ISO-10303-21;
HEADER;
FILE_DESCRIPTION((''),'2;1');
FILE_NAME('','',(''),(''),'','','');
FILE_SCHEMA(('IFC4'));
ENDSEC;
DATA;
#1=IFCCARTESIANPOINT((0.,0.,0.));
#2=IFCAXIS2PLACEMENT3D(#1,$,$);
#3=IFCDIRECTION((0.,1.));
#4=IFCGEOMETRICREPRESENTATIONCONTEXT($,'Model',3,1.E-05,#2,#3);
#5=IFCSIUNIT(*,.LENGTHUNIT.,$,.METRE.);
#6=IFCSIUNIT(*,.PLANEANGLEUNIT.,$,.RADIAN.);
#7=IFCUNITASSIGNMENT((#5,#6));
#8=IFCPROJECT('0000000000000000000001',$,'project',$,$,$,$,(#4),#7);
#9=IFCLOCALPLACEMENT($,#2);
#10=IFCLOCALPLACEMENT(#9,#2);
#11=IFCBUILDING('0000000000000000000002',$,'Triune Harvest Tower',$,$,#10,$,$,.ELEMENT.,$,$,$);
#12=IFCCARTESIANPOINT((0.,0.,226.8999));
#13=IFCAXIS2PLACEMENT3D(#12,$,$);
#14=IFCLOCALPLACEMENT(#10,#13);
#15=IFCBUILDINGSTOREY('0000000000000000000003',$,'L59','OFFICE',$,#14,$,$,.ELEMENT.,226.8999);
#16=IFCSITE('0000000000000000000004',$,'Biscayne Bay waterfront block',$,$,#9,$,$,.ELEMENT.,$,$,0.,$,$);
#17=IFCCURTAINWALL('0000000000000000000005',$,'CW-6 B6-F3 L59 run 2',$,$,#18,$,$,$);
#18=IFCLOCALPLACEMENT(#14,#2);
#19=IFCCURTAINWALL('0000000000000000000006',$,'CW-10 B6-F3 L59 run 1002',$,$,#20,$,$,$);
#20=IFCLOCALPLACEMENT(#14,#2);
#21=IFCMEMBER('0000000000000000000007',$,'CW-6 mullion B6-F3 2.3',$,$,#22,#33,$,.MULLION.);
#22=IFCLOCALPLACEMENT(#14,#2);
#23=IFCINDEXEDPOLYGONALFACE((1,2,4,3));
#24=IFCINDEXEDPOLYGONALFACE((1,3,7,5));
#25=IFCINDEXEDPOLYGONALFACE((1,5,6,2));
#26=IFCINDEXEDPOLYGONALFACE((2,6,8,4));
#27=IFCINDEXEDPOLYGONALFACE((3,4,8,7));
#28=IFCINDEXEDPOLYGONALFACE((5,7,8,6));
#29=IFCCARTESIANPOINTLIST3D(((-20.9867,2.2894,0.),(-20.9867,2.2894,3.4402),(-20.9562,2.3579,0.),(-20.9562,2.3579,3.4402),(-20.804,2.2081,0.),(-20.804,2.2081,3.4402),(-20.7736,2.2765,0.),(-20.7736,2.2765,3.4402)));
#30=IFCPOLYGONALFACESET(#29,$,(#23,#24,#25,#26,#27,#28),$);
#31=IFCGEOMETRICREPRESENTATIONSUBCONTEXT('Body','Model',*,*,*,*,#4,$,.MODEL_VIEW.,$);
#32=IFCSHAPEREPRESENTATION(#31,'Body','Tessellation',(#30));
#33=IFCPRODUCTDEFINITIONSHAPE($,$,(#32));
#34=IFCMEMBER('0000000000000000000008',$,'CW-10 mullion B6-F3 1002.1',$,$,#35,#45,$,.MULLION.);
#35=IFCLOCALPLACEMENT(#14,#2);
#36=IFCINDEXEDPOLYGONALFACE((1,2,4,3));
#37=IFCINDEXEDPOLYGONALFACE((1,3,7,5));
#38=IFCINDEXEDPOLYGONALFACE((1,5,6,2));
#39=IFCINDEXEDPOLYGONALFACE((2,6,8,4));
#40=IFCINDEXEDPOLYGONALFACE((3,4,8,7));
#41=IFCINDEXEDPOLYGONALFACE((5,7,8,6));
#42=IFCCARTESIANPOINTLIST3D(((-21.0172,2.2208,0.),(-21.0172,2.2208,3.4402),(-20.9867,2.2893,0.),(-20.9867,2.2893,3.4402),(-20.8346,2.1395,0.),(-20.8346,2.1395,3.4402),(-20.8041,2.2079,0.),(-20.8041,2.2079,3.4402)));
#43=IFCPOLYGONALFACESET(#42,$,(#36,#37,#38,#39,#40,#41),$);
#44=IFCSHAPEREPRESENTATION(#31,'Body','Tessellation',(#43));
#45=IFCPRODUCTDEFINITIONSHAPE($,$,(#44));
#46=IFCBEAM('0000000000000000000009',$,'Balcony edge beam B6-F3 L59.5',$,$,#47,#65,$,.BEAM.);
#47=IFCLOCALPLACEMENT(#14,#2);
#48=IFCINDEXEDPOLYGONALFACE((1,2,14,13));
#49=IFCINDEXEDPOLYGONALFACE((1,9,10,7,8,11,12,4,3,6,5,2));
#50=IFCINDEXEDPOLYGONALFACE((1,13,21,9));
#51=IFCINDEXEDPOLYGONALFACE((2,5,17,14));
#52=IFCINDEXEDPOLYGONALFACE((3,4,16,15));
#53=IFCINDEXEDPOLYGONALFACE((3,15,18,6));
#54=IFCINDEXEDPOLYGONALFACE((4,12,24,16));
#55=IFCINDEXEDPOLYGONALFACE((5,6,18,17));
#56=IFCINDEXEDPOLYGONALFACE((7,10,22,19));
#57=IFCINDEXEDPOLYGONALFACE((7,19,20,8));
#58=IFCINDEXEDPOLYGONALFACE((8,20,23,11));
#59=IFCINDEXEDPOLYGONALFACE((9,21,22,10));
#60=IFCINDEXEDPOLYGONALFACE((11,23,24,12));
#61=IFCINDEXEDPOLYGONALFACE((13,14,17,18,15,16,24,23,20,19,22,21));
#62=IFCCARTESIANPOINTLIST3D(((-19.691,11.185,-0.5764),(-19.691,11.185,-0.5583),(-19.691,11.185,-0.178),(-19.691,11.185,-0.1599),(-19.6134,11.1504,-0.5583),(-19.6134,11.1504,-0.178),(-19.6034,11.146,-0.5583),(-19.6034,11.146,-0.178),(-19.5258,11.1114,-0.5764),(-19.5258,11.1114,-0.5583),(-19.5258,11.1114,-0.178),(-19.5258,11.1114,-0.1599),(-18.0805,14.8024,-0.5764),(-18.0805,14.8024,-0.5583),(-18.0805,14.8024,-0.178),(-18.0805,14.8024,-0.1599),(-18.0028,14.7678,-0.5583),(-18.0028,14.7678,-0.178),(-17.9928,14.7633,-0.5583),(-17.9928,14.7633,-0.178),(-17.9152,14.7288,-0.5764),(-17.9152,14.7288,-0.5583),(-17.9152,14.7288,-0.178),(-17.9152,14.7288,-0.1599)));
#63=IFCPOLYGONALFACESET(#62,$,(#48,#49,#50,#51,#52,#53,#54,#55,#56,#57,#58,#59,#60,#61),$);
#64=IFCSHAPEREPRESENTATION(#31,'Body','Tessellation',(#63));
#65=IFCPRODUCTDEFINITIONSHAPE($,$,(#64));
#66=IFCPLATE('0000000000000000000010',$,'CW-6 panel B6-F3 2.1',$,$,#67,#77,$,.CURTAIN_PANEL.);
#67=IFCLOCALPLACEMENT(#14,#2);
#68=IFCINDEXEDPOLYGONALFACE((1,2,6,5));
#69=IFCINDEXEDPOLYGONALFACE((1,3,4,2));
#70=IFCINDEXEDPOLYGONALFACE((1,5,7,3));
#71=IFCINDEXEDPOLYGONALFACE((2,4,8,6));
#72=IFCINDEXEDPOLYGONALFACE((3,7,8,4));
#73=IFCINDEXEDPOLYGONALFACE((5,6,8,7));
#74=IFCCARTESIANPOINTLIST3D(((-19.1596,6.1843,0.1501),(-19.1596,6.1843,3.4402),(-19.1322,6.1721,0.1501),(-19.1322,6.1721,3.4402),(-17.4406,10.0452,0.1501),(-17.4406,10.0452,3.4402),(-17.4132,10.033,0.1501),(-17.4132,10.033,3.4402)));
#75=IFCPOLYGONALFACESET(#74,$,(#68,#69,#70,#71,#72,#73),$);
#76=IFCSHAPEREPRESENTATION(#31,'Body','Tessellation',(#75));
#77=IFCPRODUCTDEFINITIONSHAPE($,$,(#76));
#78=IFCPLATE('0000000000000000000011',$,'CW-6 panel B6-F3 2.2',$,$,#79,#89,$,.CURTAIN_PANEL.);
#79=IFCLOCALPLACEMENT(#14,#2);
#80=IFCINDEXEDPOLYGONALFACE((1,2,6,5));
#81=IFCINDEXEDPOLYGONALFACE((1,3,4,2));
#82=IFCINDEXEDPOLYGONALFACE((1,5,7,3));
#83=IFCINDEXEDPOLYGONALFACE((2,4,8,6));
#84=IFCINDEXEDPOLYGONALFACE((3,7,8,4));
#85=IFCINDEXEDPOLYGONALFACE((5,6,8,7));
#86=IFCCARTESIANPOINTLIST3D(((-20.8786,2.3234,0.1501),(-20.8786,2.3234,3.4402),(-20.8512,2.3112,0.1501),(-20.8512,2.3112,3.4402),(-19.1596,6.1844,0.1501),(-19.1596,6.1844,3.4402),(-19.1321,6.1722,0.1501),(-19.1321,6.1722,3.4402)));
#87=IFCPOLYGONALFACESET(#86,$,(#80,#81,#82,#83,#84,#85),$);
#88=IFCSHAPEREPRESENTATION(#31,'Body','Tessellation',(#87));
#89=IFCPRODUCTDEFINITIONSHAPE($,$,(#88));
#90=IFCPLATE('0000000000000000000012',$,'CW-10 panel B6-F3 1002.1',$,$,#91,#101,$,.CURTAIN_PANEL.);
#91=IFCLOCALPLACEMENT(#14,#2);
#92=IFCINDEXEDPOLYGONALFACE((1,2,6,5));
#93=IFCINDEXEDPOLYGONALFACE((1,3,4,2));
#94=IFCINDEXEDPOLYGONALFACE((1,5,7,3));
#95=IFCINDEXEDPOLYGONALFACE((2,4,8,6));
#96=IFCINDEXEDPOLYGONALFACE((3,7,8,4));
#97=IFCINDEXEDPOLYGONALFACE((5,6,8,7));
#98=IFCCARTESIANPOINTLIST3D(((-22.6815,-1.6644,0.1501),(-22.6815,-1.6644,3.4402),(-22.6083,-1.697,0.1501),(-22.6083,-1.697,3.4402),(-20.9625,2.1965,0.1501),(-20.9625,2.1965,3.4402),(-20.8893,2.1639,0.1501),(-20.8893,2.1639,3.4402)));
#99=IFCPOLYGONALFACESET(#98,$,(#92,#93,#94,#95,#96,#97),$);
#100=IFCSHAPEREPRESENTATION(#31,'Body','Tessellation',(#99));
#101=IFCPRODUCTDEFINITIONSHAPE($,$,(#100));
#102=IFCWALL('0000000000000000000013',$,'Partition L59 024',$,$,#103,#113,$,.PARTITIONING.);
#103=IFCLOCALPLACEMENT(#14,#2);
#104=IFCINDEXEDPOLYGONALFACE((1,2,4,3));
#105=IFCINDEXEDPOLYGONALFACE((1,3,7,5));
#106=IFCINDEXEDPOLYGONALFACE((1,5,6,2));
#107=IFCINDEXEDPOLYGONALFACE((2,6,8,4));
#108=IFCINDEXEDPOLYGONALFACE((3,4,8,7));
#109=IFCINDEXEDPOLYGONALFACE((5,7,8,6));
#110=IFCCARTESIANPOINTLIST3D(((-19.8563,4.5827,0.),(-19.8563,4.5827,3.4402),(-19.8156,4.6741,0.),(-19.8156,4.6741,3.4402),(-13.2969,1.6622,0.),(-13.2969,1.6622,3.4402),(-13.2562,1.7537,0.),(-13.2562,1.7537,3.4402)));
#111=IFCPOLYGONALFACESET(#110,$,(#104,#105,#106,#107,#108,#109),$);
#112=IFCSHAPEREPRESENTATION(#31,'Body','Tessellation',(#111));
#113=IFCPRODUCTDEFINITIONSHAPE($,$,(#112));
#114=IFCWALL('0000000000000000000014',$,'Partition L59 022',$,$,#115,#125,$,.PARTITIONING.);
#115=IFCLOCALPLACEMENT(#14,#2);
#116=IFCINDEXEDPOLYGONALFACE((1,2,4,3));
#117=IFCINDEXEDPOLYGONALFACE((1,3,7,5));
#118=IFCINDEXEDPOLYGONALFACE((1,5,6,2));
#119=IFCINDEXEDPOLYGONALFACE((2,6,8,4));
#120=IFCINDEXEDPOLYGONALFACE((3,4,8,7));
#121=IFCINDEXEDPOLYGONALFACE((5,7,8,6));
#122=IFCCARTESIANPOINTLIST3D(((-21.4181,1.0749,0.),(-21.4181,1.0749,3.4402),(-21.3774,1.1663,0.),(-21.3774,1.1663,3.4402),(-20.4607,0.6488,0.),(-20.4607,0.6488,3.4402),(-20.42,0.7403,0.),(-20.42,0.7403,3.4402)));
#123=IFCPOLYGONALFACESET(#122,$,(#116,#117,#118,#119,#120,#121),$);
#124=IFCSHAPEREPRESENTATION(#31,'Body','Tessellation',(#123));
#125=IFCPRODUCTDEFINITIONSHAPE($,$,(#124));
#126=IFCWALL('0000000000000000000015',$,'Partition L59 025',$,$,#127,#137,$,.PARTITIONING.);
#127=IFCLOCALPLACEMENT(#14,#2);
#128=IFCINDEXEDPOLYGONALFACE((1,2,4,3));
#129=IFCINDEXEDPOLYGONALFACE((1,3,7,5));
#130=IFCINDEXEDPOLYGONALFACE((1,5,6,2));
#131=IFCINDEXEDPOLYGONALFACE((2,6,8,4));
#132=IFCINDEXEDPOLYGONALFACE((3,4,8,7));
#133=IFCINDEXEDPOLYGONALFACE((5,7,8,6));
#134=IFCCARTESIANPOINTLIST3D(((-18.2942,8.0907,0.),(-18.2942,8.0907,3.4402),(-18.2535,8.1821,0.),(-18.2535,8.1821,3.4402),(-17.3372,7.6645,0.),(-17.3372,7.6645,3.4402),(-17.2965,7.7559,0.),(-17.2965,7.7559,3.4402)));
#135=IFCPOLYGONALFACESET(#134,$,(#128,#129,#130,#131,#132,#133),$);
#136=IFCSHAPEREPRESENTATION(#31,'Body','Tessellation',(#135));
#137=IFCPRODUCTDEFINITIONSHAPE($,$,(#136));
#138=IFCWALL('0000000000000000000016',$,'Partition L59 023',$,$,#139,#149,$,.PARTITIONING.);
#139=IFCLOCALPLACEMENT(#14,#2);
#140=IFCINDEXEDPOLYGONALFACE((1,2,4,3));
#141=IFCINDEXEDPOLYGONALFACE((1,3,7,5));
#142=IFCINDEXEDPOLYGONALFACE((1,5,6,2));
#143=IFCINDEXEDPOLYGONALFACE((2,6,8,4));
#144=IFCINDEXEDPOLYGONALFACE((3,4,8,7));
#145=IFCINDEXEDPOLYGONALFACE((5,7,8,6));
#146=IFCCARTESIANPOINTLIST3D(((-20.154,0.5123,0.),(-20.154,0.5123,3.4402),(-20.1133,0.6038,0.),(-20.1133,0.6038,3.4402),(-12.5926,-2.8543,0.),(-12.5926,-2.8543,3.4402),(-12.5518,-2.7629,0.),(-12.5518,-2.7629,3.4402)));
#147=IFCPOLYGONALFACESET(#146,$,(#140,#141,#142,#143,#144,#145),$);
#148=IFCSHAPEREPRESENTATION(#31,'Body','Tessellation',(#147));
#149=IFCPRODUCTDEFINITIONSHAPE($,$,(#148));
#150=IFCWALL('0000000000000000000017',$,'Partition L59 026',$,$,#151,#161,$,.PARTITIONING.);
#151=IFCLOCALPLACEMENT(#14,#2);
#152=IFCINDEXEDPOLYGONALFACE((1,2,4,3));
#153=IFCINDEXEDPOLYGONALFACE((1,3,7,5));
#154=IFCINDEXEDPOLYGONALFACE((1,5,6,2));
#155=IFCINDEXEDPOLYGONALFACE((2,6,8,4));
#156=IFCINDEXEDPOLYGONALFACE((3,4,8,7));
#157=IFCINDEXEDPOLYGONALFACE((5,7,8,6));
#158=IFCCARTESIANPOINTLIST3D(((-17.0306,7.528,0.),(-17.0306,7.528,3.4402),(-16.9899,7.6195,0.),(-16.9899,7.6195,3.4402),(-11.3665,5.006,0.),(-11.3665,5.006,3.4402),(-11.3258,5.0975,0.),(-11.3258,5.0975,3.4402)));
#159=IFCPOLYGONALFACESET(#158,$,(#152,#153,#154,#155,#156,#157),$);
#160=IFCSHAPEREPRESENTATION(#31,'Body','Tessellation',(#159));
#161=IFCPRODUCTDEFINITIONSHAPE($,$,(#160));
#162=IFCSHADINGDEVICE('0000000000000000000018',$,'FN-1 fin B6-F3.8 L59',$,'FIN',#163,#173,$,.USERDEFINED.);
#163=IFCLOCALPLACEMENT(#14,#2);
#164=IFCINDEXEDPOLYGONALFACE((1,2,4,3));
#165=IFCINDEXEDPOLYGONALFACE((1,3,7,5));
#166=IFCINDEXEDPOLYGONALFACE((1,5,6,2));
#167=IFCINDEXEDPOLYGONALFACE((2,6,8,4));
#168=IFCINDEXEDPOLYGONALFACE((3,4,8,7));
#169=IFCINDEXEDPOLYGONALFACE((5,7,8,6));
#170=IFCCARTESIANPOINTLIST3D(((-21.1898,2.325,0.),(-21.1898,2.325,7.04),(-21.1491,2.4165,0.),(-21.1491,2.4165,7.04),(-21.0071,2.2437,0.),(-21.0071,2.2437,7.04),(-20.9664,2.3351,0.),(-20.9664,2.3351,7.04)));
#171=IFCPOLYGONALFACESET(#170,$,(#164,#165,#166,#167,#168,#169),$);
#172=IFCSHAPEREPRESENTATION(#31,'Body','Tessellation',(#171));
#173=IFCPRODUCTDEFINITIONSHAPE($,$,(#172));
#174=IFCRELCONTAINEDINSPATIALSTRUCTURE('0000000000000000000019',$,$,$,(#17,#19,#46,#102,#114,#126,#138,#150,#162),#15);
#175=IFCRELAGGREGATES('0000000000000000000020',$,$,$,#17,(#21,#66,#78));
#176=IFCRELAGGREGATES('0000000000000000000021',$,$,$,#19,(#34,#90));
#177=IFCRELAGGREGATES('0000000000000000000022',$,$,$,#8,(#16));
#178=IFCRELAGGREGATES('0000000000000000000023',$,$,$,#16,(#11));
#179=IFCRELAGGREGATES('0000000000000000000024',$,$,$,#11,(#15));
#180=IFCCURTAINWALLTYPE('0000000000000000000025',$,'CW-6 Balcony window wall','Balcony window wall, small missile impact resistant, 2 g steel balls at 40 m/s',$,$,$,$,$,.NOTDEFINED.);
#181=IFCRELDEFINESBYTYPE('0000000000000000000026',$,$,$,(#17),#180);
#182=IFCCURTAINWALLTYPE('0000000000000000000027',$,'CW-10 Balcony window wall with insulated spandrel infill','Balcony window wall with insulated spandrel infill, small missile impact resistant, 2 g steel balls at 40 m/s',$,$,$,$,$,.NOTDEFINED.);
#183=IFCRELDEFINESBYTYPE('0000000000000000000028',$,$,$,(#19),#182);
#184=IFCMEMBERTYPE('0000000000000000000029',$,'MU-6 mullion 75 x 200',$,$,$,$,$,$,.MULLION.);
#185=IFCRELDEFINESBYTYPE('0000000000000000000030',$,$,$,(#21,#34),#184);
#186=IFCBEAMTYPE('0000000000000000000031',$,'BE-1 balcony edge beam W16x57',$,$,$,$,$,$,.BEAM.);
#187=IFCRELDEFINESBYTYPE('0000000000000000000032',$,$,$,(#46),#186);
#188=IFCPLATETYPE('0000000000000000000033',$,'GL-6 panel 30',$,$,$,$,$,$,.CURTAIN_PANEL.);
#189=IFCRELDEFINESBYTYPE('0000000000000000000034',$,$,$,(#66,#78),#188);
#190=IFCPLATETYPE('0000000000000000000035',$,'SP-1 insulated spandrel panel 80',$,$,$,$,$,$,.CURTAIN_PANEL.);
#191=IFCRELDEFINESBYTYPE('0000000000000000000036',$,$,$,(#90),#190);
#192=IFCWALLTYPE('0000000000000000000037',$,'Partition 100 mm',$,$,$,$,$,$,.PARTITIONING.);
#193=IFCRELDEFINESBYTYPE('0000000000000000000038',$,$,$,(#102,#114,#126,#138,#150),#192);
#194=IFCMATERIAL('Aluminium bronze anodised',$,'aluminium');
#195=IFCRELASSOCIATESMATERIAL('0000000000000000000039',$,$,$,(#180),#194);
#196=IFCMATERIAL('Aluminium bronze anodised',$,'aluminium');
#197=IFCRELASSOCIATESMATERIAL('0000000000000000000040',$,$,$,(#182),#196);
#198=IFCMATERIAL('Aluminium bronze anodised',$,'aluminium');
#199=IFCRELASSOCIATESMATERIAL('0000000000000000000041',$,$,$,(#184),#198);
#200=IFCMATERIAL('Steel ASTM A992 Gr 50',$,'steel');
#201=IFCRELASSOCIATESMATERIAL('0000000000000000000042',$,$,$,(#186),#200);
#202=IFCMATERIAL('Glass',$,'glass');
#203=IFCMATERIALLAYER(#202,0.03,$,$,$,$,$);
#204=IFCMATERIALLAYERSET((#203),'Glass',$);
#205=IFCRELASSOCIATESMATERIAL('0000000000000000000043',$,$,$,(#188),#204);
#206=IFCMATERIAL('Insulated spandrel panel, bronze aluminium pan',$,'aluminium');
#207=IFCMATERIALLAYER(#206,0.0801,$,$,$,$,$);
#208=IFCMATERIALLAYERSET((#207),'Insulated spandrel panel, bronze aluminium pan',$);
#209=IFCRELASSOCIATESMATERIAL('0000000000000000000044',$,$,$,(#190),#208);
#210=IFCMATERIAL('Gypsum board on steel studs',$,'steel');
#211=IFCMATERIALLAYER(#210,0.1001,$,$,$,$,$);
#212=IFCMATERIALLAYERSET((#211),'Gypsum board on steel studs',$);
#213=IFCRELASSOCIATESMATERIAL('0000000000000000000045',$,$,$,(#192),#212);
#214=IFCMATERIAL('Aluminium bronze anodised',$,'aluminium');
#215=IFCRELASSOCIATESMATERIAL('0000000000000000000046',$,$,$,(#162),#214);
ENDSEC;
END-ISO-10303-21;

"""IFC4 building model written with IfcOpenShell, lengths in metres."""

from ifc_helpers import new_model, si_unit, direction, frame, frame_2d, origin, origin_2d, place, context, subcontext, project, spatial, rectangle, i_section, extrude, source, transform, mapped, material, layer, layer_set, material_profile, profile_set, type_object, element, aggregate, save


model = new_model("IFC4")

# Units and contexts
model_context = context("Model", 3, precision=1e-05, world=origin(), true_north=direction((0.0, 1.0)))
body_context = subcontext(model_context, "Body", "Model", "MODEL_VIEW")
ifc_project = project(units=[si_unit("LENGTHUNIT", "METRE"), si_unit("PLANEANGLEUNIT", "RADIAN")], contexts=[model_context])

# Site, building, storey
site_placement = place(None, origin())
site = spatial("IfcSite", under=ifc_project, at=site_placement, Name="Biscayne Bay waterfront block", CompositionType="ELEMENT", RefElevation=0.0)
building_placement = place(site_placement, origin())
building = spatial("IfcBuilding", under=site, at=building_placement, Name="Triune Harvest Tower", CompositionType="ELEMENT")
storey_placement = place(building_placement, frame((0.0, 0.0, 226.8999)))
storey = spatial("IfcBuildingStorey", under=building, at=storey_placement, Name="L59", Description="OFFICE", CompositionType="ELEMENT", Elevation=226.8999)

# Curtain walls
ifc_material_1 = material(Name="Aluminium bronze anodised", Category="aluminium")
curtain_wall_type_1 = type_object("IfcCurtainWallType", Name="CW-6 Balcony window wall", Description="Balcony window wall, small missile impact resistant, 2 g steel balls at 40 m/s", PredefinedType="NOTDEFINED", material=ifc_material_1)
curtain_wall_1_placement = place(storey_placement, origin())
curtain_wall_1 = element("IfcCurtainWall", 1, at=curtain_wall_1_placement, inside=storey, type_object=curtain_wall_type_1, Name="CW-6 B6-F3 L59 run 2")
ifc_material_2 = material(Name="Aluminium bronze anodised", Category="aluminium")
curtain_wall_type_2 = type_object("IfcCurtainWallType", Name="CW-10 Balcony window wall with insulated spandrel infill", Description="Balcony window wall with insulated spandrel infill, small missile impact resistant, 2 g steel balls at 40 m/s", PredefinedType="NOTDEFINED", material=ifc_material_2)
curtain_wall_2_placement = place(storey_placement, origin())
curtain_wall_2 = element("IfcCurtainWall", 2, at=curtain_wall_2_placement, inside=storey, type_object=curtain_wall_type_2, Name="CW-10 B6-F3 L59 run 1002")

# Members
ifc_material_3 = material(Name="Aluminium bronze anodised", Category="aluminium")
ifc_material_profile_1 = material_profile(ifc_material_3, rectangle(XDim=0.2, YDim=0.075, at=origin_2d()), Name="MU-6 mullion 75 x 200")
ifc_profile_set_1 = profile_set([ifc_material_profile_1], Name="Aluminium bronze anodised")
member_type_1 = type_object("IfcMemberType", Name="MU-6 mullion 75 x 200", PredefinedType="MULLION", material=ifc_profile_set_1)
shared_shape_1 = source(origin(), body_context, "Body", "SweptSolid", [
    extrude(rectangle(XDim=0.2, YDim=0.075, at=origin_2d()), origin(), (0.0, 0.0, 1.0), 3.4402),
])
member_1_placement = place(storey_placement, frame((-20.8801, 2.283, 0.0), z_axis=(0.0, 0.0, 1.0), x_axis=(0.913544, -0.406741, 0.0)))
member_1 = element("IfcMember", 3, at=member_1_placement, type_object=member_type_1, Name="CW-6 mullion B6-F3 2.3", PredefinedType="MULLION", context=body_context, shape_type="MappedRepresentation", body=[
    mapped(shared_shape_1, transform((0.0, 0.0, 0.0), scale=1.0)),
])
member_2_placement = place(storey_placement, frame((-20.9106, 2.2144, 0.0), z_axis=(0.0, 0.0, 1.0), x_axis=(0.913546, -0.406737, 0.0)))
member_2 = element("IfcMember", 4, at=member_2_placement, type_object=member_type_1, Name="CW-10 mullion B6-F3 1002.1", PredefinedType="MULLION", context=body_context, shape_type="MappedRepresentation", body=[
    mapped(shared_shape_1, transform((0.0, 0.0, 0.0), scale=1.0)),
])

# Beam
ifc_material_4 = material(Name="Steel ASTM A992 Gr 50", Category="steel")
ifc_material_profile_2 = material_profile(ifc_material_4, i_section(OverallWidth=0.1809, OverallDepth=0.4165, WebThickness=0.011, FlangeThickness=0.0181, at=origin_2d()), Name="W16x57")
ifc_profile_set_2 = profile_set([ifc_material_profile_2], Name="Steel ASTM A992 Gr 50")
beam_type_1 = type_object("IfcBeamType", Name="BE-1 balcony edge beam W16x57", PredefinedType="BEAM", material=ifc_profile_set_2)
shared_shape_2 = source(origin(), body_context, "Body", "SweptSolid", [
    extrude(i_section(OverallWidth=0.1809, OverallDepth=0.4165, WebThickness=0.011, FlangeThickness=0.0181, at=origin_2d()), origin(), (0.0, 0.0, 1.0), 3.9597),
])
beam_1_placement = place(storey_placement, frame((-19.6084, 11.1482, -0.3682), z_axis=(0.406739, 0.913544, 0.0), x_axis=(-0.913544, 0.406739, 0.0)))
element("IfcBeam", 5, at=beam_1_placement, inside=storey, type_object=beam_type_1, Name="Balcony edge beam B6-F3 L59.5", PredefinedType="BEAM", context=body_context, shape_type="MappedRepresentation", body=[
    mapped(shared_shape_2, transform((0.0, 0.0, 0.0), scale=1.0)),
])

# Plates
ifc_material_5 = material(Name="Glass", Category="glass")
ifc_layer_1 = layer(ifc_material_5, 0.03)
ifc_layer_set_1 = layer_set([ifc_layer_1], Name="Glass")
plate_type_1 = type_object("IfcPlateType", Name="GL-6 panel 30", PredefinedType="CURTAIN_PANEL", material=ifc_layer_set_1)
shared_shape_3 = source(origin(), body_context, "Body", "SweptSolid", [
    extrude(rectangle(XDim=4.2263, YDim=0.03, at=origin_2d()), origin(), (0.0, 0.0, 1.0), 3.29),
])
plate_1_placement = place(storey_placement, frame((-18.2864, 8.1086, 0.1501), z_axis=(0.0, 0.0, 1.0), x_axis=(-0.406741, -0.913544, 0.0)))
plate_1 = element("IfcPlate", 6, at=plate_1_placement, type_object=plate_type_1, Name="CW-6 panel B6-F3 2.1", PredefinedType="CURTAIN_PANEL", context=body_context, shape_type="MappedRepresentation", body=[
    mapped(shared_shape_3, transform((0.0, 0.0, 0.0), scale=1.0)),
])
plate_2_placement = place(storey_placement, frame((-20.0054, 4.2478, 0.1501), z_axis=(0.0, 0.0, 1.0), x_axis=(-0.406741, -0.913544, 0.0)))
plate_2 = element("IfcPlate", 7, at=plate_2_placement, type_object=plate_type_1, Name="CW-6 panel B6-F3 2.2", PredefinedType="CURTAIN_PANEL", context=body_context, shape_type="MappedRepresentation", body=[
    mapped(shared_shape_3, transform((0.0, 0.0, 0.0), scale=1.0)),
])
aggregate(curtain_wall_1, [member_1, plate_1, plate_2])
ifc_material_6 = material(Name="Insulated spandrel panel, bronze aluminium pan", Category="aluminium")
ifc_layer_2 = layer(ifc_material_6, 0.0801)
ifc_layer_set_2 = layer_set([ifc_layer_2], Name="Insulated spandrel panel, bronze aluminium pan")
plate_type_2 = type_object("IfcPlateType", Name="SP-1 insulated spandrel panel 80", PredefinedType="CURTAIN_PANEL", material=ifc_layer_set_2)
shared_shape_4 = source(origin(), body_context, "Body", "SweptSolid", [
    extrude(rectangle(XDim=4.2263, YDim=0.0801, at=origin_2d()), origin(), (0.0, 0.0, 1.0), 3.29),
])
plate_3_placement = place(storey_placement, frame((-21.7854, 0.2498, 0.1501), z_axis=(0.0, 0.0, 1.0), x_axis=(-0.406737, -0.913546, 0.0)))
plate_3 = element("IfcPlate", 8, at=plate_3_placement, type_object=plate_type_2, Name="CW-10 panel B6-F3 1002.1", PredefinedType="CURTAIN_PANEL", context=body_context, shape_type="MappedRepresentation", body=[
    mapped(shared_shape_4, transform((0.0, 0.0, 0.0), scale=1.0)),
])
aggregate(curtain_wall_2, [member_2, plate_3])

# Wall
ifc_material_7 = material(Name="Gypsum board on steel studs", Category="steel")
ifc_layer_3 = layer(ifc_material_7, 0.1001)
ifc_layer_set_3 = layer_set([ifc_layer_3], Name="Gypsum board on steel studs")
wall_type_1 = type_object("IfcWallType", Name="Partition 100 mm", PredefinedType="PARTITIONING", material=ifc_layer_set_3)
wall_1_placement = place(storey_placement, frame((-19.8359, 4.6284, 0.0), z_axis=(0.0, 0.0, 1.0), x_axis=(0.913545, -0.406738, 0.0)))
element("IfcWall", 9, at=wall_1_placement, inside=storey, type_object=wall_type_1, Name="Partition L59 024", PredefinedType="PARTITIONING", context=body_context, shape_type="SweptSolid", body=[
    extrude(rectangle(XDim=7.1802, YDim=0.1001, at=frame_2d((3.5901, 0.0))), origin(), (0.0, 0.0, 1.0), 3.4402),
])

# Shared definitions
ifc_material_8 = material(Name="Aluminium bronze anodised", Category="aluminium")

# Walls
shared_shape_5 = source(origin(), body_context, "Body", "SweptSolid", [
    extrude(rectangle(XDim=1.0479, YDim=0.1001, at=frame_2d((0.5239, 0.0))), origin(), (0.0, 0.0, 1.0), 3.4402),
])
wall_2_placement = place(storey_placement, frame((-21.3977, 1.1206, 0.0), z_axis=(0.0, 0.0, 1.0), x_axis=(0.91361, -0.406592, 0.0)))
element("IfcWall", 10, at=wall_2_placement, inside=storey, type_object=wall_type_1, Name="Partition L59 022", PredefinedType="PARTITIONING", context=body_context, shape_type="MappedRepresentation", body=[
    mapped(shared_shape_5, transform((0.0, 0.0, 0.0), scale=1.0)),
])
shared_shape_6 = source(origin(), body_context, "Body", "SweptSolid", [
    extrude(rectangle(XDim=1.0476, YDim=0.1001, at=frame_2d((0.5239, 0.0))), origin(), (0.0, 0.0, 1.0), 3.4402),
])
wall_3_placement = place(storey_placement, frame((-18.2739, 8.1365, 0.0), z_axis=(0.0, 0.0, 1.0), x_axis=(0.913485, -0.406873, 0.0)))
element("IfcWall", 11, at=wall_3_placement, inside=storey, type_object=wall_type_1, Name="Partition L59 025", PredefinedType="PARTITIONING", context=body_context, shape_type="MappedRepresentation", body=[
    mapped(shared_shape_6, transform((0.0, 0.0, 0.0), scale=1.0)),
])
shared_shape_7 = source(origin(), body_context, "Body", "SweptSolid", [
    extrude(rectangle(XDim=8.2771, YDim=0.1001, at=frame_2d((4.1387, 0.0))), origin(), (0.0, 0.0, 1.0), 3.4402),
])
wall_4_placement = place(storey_placement, frame((-20.1338, 0.5581, 0.0), z_axis=(0.0, 0.0, 1.0), x_axis=(0.913541, -0.406746, 0.0)))
element("IfcWall", 12, at=wall_4_placement, inside=storey, type_object=wall_type_1, Name="Partition L59 023", PredefinedType="PARTITIONING", context=body_context, shape_type="MappedRepresentation", body=[
    mapped(shared_shape_7, transform((0.0, 0.0, 0.0), scale=1.0)),
])
shared_shape_8 = source(origin(), body_context, "Body", "SweptSolid", [
    extrude(rectangle(XDim=6.2002, YDim=0.1001, at=frame_2d((3.1001, 0.0))), origin(), (0.0, 0.0, 1.0), 3.4402),
])
wall_5_placement = place(storey_placement, frame((-17.0103, 7.5737, 0.0), z_axis=(0.0, 0.0, 1.0), x_axis=(0.913535, -0.406759, 0.0)))
element("IfcWall", 13, at=wall_5_placement, inside=storey, type_object=wall_type_1, Name="Partition L59 026", PredefinedType="PARTITIONING", context=body_context, shape_type="MappedRepresentation", body=[
    mapped(shared_shape_8, transform((0.0, 0.0, 0.0), scale=1.0)),
])

# Shading device
shared_shape_9 = source(origin(), body_context, "Body", "SweptSolid", [
    extrude(rectangle(XDim=0.1001, YDim=0.2, at=origin_2d()), origin(), (0.0, 0.0, 1.0), 7.04),
])
shading_device_placement = place(storey_placement, frame((-21.0781, 2.3301, 0.0), z_axis=(0.0, 0.0, 1.0), x_axis=(-0.406738, -0.913545, 0.0)))
element("IfcShadingDevice", 14, at=shading_device_placement, inside=storey, material=ifc_material_8, Name="FN-1 fin B6-F3.8 L59", ObjectType="FIN", PredefinedType="USERDEFINED", context=body_context, shape_type="MappedRepresentation", body=[
    mapped(shared_shape_9, transform((0.0, 0.0, 0.0), scale=1.0)),
])

save(model, "model.ifc")
